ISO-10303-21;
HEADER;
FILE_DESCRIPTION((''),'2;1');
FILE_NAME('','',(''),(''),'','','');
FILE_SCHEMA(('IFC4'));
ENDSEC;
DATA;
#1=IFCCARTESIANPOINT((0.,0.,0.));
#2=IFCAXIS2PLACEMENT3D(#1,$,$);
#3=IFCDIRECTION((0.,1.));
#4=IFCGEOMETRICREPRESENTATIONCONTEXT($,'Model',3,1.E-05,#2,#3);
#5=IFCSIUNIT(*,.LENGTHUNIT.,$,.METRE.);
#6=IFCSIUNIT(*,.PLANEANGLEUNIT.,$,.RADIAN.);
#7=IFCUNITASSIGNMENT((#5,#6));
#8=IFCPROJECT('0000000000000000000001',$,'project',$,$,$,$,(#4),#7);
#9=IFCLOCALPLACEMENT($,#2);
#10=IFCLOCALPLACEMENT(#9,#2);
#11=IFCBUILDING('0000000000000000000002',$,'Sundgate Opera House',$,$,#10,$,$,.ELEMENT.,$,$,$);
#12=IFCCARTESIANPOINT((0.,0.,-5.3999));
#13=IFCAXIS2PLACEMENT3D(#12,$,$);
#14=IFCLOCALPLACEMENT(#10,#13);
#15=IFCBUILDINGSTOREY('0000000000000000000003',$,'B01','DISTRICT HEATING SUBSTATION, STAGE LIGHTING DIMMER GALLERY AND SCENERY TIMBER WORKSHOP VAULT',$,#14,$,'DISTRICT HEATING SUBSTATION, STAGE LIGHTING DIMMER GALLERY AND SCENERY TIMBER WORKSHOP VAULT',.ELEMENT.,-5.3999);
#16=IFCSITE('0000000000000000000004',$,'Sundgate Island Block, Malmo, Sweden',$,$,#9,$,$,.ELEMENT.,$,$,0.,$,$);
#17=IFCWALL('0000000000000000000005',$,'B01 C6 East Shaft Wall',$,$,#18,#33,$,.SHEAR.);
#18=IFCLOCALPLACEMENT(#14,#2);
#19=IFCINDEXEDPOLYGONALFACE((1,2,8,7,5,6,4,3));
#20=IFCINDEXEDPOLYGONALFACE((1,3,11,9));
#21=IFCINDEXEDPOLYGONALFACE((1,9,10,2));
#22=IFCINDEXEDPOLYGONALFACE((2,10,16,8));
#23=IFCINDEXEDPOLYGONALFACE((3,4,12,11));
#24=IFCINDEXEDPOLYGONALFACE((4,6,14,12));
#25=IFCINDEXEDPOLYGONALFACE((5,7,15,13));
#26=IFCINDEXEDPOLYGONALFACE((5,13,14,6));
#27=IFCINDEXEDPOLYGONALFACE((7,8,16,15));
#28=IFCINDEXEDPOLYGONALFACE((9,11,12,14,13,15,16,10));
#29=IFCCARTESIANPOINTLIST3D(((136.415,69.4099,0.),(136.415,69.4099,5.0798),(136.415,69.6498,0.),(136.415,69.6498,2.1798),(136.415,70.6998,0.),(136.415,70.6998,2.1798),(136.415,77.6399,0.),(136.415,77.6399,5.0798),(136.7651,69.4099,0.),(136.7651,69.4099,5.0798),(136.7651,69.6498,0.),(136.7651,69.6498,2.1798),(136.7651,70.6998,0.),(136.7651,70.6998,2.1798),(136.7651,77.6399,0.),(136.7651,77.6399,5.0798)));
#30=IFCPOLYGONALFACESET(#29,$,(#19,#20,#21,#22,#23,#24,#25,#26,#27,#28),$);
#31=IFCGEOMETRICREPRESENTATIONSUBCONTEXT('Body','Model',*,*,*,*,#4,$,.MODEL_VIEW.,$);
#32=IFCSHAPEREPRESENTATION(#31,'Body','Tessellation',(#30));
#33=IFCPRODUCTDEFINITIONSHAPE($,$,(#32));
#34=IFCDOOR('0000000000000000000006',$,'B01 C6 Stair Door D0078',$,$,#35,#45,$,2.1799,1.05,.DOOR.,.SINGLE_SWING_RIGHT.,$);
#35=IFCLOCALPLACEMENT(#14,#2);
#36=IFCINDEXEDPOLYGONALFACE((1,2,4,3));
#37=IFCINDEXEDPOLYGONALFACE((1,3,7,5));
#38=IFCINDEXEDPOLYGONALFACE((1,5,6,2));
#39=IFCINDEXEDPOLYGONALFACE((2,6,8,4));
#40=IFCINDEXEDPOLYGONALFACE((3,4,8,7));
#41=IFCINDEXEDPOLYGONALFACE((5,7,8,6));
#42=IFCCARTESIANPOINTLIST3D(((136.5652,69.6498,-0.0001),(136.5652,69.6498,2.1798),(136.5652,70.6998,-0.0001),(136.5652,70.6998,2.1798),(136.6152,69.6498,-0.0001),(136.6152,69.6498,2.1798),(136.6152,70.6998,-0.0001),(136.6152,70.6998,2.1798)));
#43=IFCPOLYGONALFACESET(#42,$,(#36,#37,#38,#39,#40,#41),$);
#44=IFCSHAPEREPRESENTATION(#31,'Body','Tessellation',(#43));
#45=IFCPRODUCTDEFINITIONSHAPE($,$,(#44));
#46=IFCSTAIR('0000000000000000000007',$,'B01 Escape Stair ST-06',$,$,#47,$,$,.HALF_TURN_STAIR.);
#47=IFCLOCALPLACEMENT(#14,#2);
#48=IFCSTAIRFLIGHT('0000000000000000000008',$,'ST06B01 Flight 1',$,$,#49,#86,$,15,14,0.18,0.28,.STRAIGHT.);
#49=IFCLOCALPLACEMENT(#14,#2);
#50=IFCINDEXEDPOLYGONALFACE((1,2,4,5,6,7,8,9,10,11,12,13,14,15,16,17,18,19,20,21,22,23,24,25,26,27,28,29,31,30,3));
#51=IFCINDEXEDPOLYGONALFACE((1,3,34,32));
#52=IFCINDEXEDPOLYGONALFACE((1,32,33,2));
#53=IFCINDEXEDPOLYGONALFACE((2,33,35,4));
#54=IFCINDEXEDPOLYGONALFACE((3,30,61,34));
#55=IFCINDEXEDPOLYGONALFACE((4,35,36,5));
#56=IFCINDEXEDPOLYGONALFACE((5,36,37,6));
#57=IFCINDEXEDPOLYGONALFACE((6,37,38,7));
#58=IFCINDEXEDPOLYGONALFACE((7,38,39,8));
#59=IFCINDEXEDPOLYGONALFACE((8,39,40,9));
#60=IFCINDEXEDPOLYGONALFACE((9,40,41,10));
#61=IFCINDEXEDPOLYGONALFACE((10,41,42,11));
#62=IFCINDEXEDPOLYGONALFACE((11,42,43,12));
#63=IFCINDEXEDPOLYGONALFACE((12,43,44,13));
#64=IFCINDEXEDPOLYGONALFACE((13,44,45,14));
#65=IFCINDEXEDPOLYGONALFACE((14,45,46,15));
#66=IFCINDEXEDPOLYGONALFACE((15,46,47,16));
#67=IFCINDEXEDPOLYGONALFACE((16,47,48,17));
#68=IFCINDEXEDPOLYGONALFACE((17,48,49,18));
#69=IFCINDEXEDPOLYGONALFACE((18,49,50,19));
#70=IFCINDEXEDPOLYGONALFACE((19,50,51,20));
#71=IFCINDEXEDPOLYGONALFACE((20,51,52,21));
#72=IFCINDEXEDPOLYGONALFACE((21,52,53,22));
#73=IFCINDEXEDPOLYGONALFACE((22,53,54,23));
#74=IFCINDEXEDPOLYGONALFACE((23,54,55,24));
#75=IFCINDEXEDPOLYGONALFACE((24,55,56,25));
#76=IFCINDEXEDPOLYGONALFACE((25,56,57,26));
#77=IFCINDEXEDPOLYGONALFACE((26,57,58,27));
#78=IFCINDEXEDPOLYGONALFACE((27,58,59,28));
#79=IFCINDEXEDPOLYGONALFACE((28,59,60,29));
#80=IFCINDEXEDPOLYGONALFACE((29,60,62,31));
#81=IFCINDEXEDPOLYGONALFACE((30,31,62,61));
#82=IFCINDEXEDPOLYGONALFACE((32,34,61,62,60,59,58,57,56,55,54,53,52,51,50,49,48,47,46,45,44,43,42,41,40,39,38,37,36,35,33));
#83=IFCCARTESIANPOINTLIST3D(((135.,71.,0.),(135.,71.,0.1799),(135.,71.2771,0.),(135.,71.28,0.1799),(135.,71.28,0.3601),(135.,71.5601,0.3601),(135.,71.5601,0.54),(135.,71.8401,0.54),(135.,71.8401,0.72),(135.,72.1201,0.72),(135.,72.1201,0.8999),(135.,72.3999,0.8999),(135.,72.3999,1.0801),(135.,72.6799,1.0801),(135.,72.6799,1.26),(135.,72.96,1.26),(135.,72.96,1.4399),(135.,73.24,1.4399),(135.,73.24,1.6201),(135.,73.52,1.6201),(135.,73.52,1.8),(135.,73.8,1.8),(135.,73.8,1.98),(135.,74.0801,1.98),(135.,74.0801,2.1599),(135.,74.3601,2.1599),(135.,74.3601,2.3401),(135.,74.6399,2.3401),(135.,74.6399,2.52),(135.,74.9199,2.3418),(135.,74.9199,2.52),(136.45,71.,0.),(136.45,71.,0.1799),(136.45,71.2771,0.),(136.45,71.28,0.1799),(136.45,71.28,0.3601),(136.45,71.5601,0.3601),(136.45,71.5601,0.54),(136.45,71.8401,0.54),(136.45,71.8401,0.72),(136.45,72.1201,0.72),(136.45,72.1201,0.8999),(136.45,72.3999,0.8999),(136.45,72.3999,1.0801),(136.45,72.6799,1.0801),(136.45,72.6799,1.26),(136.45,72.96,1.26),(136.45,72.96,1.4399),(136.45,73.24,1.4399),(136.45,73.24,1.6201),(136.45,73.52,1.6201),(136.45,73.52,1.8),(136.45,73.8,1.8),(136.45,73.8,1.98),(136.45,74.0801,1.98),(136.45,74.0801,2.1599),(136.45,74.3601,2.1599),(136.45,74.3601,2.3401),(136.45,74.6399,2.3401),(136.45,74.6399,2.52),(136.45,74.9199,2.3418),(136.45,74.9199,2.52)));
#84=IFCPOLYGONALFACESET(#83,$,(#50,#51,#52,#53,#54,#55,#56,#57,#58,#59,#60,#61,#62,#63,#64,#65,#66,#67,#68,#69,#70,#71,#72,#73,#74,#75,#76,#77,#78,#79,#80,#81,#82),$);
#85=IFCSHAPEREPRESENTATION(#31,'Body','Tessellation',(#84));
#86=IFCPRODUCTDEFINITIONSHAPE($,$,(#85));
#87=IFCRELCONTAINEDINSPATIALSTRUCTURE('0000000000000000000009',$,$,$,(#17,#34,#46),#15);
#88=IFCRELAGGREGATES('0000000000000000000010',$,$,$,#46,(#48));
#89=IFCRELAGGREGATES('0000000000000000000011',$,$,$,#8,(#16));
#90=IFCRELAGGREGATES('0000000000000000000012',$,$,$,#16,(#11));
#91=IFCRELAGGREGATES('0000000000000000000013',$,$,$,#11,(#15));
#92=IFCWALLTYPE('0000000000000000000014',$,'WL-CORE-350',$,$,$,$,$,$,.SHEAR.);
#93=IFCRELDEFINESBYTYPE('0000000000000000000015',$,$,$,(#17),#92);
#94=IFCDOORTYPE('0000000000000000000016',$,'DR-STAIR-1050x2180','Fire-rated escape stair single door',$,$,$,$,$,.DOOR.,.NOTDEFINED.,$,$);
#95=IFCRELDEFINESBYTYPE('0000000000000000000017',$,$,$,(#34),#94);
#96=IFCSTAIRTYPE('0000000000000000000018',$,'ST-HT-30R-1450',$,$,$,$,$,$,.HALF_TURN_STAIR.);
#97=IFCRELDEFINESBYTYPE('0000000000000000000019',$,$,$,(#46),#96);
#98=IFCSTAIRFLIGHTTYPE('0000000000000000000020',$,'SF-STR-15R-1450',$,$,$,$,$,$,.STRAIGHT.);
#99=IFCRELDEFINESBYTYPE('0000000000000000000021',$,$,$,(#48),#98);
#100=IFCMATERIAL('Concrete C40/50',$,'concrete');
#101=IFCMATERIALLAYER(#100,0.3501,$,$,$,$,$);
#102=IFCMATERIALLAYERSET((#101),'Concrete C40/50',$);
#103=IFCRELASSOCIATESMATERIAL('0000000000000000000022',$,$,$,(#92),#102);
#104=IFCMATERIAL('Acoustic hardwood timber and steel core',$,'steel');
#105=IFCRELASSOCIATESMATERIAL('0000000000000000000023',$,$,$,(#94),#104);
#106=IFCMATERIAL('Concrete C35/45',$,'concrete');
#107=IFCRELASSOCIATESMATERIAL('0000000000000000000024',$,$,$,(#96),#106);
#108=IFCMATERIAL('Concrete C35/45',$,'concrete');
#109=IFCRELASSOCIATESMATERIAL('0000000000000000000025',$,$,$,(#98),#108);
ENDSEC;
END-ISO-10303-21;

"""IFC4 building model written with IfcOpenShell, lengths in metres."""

from ifc_helpers import new_model, si_unit, direction, frame, frame_2d, origin, place, context, subcontext, project, spatial, polyline, rectangle, outline, extrude, material, layer, layer_set, type_object, element, fill, aggregate, save


model = new_model("IFC4")

# Units and contexts
model_context = context("Model", 3, precision=1e-05, world=origin(), true_north=direction((0.0, 1.0)))
body_context = subcontext(model_context, "Body", "Model", "MODEL_VIEW")
ifc_project = project(units=[si_unit("LENGTHUNIT", "METRE"), si_unit("PLANEANGLEUNIT", "RADIAN")], contexts=[model_context])

# Site, building, storey
site_placement = place(None, origin())
site = spatial("IfcSite", under=ifc_project, at=site_placement, Name="Sundgate Island Block, Malmo, Sweden", CompositionType="ELEMENT", RefElevation=0.0)
building_placement = place(site_placement, origin())
building = spatial("IfcBuilding", under=site, at=building_placement, Name="Sundgate Opera House", CompositionType="ELEMENT")
storey_placement = place(building_placement, frame((0.0, 0.0, -5.3999)))
storey = spatial("IfcBuildingStorey", under=building, at=storey_placement, Name="B01", Description="DISTRICT HEATING SUBSTATION, STAGE LIGHTING DIMMER GALLERY AND SCENERY TIMBER WORKSHOP VAULT", LongName="DISTRICT HEATING SUBSTATION, STAGE LIGHTING DIMMER GALLERY AND SCENERY TIMBER WORKSHOP VAULT", CompositionType="ELEMENT", Elevation=-5.3999)

# Shared definitions
ifc_material_1 = material(Name="Concrete C40/50", Category="concrete")
ifc_layer = layer(ifc_material_1, 0.3501)
ifc_layer_set = layer_set([ifc_layer], Name="Concrete C40/50")
wall_type = type_object("IfcWallType", Name="WL-CORE-350", PredefinedType="SHEAR", material=ifc_layer_set)

# Wall, opening, door
wall_1_placement = place(storey_placement, frame((136.5901, 69.4099, 0.0), z_axis=(0.0, 0.0, 1.0), x_axis=(0.0, 1.0, 0.0)))
wall_1 = element("IfcWall", 1, at=wall_1_placement, inside=storey, type_object=wall_type, Name="B01 C6 East Shaft Wall", PredefinedType="SHEAR", context=body_context, shape_type="SweptSolid", body=[
    extrude(rectangle(XDim=8.23, YDim=0.3501, at=frame_2d((4.115, 0.0))), origin(), (0.0, 0.0, 1.0), 5.0798),
])
opening_placement = place(wall_1_placement, frame((0.24, 0.0, 0.0)))
opening = element("IfcOpeningElement", 2, at=opening_placement, cuts=wall_1, PredefinedType="OPENING", context=body_context, shape_type="SweptSolid", body=[
    extrude(rectangle(XDim=1.05, YDim=2.1799, at=frame_2d((0.5249, 1.0898))), frame((0.0, 0.1851, 0.0), z_axis=(0.0, -1.0, 0.0), x_axis=(1.0, 0.0, 0.0)), (0.0, 0.0, 1.0), 0.3701),
])
ifc_material_2 = material(Name="Acoustic hardwood timber and steel core", Category="steel")
door_type = type_object("IfcDoorType", Name="DR-STAIR-1050x2180", Description="Fire-rated escape stair single door", OperationType="NOTDEFINED", PredefinedType="DOOR", material=ifc_material_2)
door_placement = place(opening_placement, origin())
door = element("IfcDoor", 3, at=door_placement, inside=storey, type_object=door_type, Name="B01 C6 Stair Door D0078", OperationType="SINGLE_SWING_RIGHT", OverallHeight=2.1799, OverallWidth=1.05, PredefinedType="DOOR", context=body_context, shape_type="SweptSolid", body=[
    extrude(rectangle(XDim=1.05, YDim=2.1799, at=frame_2d((0.5249, 1.0898))), frame((0.0, 0.0249, 0.0), z_axis=(0.0, -1.0, 0.0), x_axis=(1.0, 0.0, 0.0)), (0.0, 0.0, 1.0), 0.05),
])
fill(opening, door)

# Stair, stair flight
ifc_material_3 = material(Name="Concrete C35/45", Category="concrete")
stair_type = type_object("IfcStairType", Name="ST-HT-30R-1450", PredefinedType="HALF_TURN_STAIR", material=ifc_material_3)
stair_placement = place(storey_placement, origin())
stair = element("IfcStair", 4, at=stair_placement, inside=storey, type_object=stair_type, Name="B01 Escape Stair ST-06", PredefinedType="HALF_TURN_STAIR")
ifc_material_4 = material(Name="Concrete C35/45", Category="concrete")
stair_flight_type = type_object("IfcStairFlightType", Name="SF-STR-15R-1450", PredefinedType="STRAIGHT", material=ifc_material_4)
stair_flight_placement = place(storey_placement, frame((135.7251, 71.0, 0.0), z_axis=(0.0, 0.0, 1.0), x_axis=(0.0, 1.0, 0.0)))
stair_flight = element("IfcStairFlight", 5, at=stair_flight_placement, type_object=stair_flight_type, Name="ST06B01 Flight 1", NumberOfRisers=15, NumberOfTreads=14, PredefinedType="STRAIGHT", RiserHeight=0.18, TreadLength=0.28, context=body_context, shape_type="SweptSolid", body=[
    extrude(outline(polyline([(0.0, 0.0), (0.0, 0.1799), (0.28, 0.1799), (0.28, 0.3601), (0.5601, 0.3601), (0.5601, 0.54), (0.8401, 0.54), (0.8401, 0.72), (1.1201, 0.72), (1.1201, 0.8999), (1.3999, 0.8999), (1.3999, 1.0801), (1.6799, 1.0801), (1.6799, 1.26), (1.96, 1.26), (1.96, 1.4399), (2.24, 1.4399), (2.24, 1.6201), (2.52, 1.6201), (2.52, 1.8), (2.8, 1.8), (2.8, 1.98), (3.0801, 1.98), (3.0801, 2.1599), (3.3601, 2.1599), (3.3601, 2.3401), (3.6399, 2.3401), (3.6399, 2.52), (3.9199, 2.52), (3.9199, 2.7), (3.9199, 2.3418), (0.2771, 0.0), (0.0, 0.0)])), frame((0.0, 0.7251, 0.0), z_axis=(0.0, -1.0, 0.0), x_axis=(1.0, 0.0, 0.0)), (0.0, 0.0, 1.0), 1.45),
])
aggregate(stair, [stair_flight])

save(model, "model.ifc")
